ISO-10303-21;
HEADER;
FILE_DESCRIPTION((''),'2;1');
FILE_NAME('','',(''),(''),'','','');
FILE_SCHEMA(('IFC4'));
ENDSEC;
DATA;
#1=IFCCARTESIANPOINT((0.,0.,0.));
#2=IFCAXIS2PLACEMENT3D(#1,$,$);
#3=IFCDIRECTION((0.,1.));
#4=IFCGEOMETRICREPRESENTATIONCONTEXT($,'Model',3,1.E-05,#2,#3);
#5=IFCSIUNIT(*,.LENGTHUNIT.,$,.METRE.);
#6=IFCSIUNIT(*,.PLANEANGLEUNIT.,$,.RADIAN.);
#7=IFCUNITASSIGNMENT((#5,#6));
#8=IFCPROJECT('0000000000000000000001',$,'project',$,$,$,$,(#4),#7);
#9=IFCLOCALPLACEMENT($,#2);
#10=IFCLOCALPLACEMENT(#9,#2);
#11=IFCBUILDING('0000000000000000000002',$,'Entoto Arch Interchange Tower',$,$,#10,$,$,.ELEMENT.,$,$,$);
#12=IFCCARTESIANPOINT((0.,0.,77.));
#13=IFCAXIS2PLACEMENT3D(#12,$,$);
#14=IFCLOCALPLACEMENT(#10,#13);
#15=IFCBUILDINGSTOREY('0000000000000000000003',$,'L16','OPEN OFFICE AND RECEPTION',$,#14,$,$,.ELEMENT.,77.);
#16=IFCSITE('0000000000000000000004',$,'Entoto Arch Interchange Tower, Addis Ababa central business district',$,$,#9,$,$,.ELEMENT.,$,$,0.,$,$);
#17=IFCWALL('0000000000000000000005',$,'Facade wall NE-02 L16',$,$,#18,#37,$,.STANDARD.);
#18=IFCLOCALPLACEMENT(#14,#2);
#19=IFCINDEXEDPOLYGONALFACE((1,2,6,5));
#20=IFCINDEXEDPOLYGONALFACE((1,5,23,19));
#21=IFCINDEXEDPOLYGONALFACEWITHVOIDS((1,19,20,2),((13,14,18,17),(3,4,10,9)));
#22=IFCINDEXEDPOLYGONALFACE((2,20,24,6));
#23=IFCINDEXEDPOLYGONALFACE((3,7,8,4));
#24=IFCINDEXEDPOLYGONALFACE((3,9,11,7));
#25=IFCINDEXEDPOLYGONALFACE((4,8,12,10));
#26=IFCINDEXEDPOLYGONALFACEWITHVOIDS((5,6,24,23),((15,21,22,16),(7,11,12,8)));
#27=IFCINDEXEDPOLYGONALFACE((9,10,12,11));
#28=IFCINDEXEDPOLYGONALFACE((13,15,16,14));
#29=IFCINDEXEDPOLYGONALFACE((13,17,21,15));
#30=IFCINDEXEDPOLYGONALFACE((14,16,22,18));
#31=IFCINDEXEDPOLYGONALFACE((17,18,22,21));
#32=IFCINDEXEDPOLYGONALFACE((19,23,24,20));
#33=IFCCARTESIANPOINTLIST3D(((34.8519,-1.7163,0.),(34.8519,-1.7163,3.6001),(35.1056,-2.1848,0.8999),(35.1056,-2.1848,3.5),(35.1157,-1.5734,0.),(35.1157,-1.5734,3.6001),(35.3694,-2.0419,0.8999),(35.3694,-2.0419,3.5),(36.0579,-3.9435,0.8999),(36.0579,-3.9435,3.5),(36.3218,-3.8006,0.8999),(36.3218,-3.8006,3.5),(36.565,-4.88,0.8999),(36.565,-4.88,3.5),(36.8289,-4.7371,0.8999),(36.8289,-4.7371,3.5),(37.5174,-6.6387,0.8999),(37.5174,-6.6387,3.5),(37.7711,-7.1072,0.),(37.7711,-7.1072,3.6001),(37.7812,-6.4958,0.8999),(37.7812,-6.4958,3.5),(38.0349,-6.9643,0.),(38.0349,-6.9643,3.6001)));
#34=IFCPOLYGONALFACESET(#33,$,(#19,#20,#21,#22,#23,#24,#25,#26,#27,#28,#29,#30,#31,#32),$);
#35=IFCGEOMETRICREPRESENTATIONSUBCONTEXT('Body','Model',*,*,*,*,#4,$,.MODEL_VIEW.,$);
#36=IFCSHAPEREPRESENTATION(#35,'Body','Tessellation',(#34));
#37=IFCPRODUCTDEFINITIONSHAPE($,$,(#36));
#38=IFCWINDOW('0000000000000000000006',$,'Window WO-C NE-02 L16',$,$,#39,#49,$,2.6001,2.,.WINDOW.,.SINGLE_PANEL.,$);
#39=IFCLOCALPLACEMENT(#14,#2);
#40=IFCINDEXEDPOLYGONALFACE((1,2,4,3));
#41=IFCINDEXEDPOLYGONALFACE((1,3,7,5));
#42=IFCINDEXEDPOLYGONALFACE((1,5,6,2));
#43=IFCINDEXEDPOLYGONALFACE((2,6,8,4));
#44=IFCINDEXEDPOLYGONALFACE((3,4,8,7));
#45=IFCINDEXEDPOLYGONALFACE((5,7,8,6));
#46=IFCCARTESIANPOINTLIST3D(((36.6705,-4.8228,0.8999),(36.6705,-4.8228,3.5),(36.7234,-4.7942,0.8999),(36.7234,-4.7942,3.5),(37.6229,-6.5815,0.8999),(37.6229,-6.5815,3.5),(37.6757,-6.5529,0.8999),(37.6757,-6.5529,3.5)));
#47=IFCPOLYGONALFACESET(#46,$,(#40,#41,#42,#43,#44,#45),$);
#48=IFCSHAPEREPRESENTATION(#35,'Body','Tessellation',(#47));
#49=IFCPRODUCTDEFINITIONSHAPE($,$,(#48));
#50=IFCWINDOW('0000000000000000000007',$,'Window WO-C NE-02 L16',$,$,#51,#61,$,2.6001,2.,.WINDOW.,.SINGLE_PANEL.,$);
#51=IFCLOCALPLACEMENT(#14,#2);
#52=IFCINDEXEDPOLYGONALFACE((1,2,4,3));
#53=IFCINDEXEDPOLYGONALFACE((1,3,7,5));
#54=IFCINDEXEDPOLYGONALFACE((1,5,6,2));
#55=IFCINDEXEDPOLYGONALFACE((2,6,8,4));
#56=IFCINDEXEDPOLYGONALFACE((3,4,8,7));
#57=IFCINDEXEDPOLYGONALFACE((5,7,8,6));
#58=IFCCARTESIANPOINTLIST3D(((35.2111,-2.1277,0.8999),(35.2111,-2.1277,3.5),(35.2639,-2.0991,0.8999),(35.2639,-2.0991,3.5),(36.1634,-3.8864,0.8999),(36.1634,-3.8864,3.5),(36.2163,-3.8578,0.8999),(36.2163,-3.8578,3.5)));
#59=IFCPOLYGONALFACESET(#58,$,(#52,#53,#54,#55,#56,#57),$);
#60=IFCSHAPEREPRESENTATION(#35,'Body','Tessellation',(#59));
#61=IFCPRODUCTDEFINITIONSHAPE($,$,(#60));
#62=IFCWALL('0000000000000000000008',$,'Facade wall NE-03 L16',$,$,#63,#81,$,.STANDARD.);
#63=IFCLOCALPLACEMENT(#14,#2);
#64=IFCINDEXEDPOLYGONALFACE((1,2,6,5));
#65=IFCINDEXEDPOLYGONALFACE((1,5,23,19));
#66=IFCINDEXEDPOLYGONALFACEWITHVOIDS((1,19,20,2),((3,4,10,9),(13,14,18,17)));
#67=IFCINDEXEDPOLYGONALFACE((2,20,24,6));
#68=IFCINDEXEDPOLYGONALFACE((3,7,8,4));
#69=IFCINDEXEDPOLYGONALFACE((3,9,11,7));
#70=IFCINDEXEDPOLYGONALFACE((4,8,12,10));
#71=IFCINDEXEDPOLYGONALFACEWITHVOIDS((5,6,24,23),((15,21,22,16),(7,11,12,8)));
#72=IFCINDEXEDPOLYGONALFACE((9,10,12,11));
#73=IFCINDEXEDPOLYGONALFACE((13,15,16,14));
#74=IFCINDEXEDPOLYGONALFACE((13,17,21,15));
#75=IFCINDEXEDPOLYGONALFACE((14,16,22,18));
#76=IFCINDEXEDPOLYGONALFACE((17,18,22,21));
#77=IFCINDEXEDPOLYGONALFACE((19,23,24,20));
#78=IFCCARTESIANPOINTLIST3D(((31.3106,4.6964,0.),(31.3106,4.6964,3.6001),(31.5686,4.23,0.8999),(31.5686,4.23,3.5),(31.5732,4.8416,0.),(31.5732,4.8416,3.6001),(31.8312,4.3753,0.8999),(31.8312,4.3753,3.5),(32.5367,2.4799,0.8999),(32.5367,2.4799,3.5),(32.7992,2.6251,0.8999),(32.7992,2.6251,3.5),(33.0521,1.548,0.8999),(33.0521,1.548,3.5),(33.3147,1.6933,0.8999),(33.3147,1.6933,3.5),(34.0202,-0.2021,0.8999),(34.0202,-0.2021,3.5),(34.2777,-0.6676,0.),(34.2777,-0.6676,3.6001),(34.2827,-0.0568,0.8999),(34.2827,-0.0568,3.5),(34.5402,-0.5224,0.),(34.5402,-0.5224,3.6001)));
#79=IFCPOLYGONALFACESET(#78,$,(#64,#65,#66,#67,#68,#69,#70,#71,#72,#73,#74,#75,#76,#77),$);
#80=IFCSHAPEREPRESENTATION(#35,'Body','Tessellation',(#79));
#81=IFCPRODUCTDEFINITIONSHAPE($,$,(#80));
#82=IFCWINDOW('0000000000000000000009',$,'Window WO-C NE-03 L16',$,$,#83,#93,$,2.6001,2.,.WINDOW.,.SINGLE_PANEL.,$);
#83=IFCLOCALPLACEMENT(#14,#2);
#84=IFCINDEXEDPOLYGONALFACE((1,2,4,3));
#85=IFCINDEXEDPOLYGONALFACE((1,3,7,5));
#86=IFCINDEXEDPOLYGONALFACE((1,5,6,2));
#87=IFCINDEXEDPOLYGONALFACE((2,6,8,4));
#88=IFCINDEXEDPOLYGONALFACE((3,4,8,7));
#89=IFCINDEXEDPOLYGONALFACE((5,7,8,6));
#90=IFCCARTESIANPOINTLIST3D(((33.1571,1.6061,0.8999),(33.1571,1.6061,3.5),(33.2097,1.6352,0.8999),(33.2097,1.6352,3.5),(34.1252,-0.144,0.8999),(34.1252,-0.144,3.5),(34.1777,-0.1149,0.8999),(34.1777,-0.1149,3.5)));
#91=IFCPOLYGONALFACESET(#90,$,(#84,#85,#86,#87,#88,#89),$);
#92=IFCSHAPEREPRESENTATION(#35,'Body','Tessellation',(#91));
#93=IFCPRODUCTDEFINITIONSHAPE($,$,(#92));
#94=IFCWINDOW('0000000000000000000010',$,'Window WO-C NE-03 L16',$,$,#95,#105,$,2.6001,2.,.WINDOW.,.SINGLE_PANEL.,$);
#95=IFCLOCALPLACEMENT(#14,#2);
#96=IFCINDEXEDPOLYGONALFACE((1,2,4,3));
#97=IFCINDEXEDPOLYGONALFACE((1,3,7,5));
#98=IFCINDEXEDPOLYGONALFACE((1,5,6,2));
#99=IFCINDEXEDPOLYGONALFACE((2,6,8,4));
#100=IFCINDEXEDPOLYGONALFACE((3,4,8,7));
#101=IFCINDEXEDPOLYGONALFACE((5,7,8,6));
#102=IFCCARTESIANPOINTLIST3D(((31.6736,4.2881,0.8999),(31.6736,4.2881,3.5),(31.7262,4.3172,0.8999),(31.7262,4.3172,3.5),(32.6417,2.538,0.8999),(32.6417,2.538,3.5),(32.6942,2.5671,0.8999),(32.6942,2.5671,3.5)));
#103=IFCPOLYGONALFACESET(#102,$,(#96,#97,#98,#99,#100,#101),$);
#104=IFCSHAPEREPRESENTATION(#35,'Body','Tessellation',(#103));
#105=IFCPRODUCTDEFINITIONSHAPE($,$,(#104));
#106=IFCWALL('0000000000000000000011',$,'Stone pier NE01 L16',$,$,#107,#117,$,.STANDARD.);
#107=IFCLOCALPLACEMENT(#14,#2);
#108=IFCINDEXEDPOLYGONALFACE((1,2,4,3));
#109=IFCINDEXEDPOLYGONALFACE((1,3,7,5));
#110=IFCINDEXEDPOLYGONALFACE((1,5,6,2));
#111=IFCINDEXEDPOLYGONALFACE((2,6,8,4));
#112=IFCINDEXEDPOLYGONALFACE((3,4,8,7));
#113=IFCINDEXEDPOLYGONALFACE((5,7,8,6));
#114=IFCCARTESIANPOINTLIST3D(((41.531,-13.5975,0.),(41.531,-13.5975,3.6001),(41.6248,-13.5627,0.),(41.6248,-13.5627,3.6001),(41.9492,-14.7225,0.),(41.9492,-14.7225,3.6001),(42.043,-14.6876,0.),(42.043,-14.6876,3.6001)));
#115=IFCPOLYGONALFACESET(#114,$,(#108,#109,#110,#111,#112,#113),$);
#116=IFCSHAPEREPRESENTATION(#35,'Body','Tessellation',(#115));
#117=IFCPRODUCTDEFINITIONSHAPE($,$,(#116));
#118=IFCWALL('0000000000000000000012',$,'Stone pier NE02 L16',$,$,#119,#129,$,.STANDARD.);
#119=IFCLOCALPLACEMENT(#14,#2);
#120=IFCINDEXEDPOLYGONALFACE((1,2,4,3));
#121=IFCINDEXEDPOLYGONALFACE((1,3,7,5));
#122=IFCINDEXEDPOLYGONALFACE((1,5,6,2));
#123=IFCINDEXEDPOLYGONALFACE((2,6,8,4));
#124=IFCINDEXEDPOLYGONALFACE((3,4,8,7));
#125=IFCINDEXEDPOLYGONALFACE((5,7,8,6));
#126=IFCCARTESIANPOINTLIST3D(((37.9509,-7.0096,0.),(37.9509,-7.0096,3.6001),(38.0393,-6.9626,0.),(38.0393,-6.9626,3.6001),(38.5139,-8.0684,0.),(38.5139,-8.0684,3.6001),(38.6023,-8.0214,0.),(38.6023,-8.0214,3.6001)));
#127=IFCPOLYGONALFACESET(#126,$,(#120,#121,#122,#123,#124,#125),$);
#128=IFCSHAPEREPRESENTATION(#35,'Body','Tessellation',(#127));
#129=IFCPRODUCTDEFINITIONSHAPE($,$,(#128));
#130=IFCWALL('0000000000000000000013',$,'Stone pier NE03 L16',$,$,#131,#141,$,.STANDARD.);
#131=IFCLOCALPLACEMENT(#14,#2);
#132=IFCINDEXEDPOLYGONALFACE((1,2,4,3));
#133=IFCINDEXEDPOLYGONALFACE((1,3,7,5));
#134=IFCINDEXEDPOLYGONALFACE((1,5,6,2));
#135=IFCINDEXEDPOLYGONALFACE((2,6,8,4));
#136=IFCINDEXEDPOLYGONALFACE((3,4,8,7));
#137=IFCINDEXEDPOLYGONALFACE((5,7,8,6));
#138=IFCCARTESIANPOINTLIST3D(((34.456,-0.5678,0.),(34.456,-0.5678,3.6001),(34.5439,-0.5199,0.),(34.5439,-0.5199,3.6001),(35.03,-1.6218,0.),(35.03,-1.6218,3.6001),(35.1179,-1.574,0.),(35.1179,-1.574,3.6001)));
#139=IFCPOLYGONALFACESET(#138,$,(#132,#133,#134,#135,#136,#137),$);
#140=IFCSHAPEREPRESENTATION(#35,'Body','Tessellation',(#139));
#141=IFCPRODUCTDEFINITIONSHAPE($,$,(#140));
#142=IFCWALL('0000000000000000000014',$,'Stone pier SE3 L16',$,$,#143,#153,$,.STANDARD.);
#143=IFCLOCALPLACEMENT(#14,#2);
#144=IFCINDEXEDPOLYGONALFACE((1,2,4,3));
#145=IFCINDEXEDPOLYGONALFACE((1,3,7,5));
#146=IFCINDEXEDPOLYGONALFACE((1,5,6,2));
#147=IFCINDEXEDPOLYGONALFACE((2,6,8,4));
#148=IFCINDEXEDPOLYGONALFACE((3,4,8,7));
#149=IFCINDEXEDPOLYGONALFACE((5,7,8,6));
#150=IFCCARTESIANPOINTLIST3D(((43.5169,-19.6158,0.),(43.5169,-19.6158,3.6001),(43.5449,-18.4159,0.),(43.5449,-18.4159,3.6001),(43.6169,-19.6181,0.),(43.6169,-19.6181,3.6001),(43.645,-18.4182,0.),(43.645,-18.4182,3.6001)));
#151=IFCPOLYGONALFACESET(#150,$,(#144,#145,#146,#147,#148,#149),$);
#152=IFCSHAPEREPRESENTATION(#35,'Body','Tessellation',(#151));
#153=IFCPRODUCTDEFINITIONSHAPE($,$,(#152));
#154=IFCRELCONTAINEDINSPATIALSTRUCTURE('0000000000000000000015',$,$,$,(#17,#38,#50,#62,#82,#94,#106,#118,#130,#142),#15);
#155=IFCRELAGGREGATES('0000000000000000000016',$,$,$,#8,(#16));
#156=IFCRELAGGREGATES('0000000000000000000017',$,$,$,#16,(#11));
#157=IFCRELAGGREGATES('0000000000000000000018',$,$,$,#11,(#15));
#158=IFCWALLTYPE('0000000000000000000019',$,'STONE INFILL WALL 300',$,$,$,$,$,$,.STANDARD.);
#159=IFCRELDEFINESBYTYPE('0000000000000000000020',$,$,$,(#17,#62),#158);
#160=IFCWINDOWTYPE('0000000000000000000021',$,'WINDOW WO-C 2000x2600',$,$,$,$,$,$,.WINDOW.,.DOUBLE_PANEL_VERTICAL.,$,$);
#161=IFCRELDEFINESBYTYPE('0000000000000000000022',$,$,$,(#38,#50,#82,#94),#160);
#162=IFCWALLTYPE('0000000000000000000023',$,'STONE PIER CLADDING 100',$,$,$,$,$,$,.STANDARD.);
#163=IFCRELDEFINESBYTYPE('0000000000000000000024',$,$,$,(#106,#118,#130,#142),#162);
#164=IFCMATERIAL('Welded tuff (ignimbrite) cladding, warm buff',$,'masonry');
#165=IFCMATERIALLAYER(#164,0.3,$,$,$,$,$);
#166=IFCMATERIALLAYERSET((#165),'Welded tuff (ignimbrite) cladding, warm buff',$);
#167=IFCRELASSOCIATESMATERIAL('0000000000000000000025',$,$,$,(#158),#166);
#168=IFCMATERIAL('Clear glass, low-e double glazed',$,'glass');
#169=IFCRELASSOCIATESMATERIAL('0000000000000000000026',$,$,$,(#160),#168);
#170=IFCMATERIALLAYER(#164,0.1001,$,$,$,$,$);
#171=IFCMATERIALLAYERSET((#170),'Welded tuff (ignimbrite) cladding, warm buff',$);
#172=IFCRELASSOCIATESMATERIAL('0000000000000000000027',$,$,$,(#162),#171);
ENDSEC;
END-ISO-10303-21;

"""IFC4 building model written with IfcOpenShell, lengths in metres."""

from ifc_helpers import new_model, si_unit, direction, frame, frame_2d, origin, place, context, subcontext, project, spatial, rectangle, extrude, material, layer, layer_set, type_object, element, fill, save


model = new_model("IFC4")

# Units and contexts
model_context = context("Model", 3, precision=1e-05, world=origin(), true_north=direction((0.0, 1.0)))
body_context = subcontext(model_context, "Body", "Model", "MODEL_VIEW")
ifc_project = project(units=[si_unit("LENGTHUNIT", "METRE"), si_unit("PLANEANGLEUNIT", "RADIAN")], contexts=[model_context])

# Site, building, storey
site_placement = place(None, origin())
site = spatial("IfcSite", under=ifc_project, at=site_placement, Name="Entoto Arch Interchange Tower, Addis Ababa central business district", CompositionType="ELEMENT", RefElevation=0.0)
building_placement = place(site_placement, origin())
building = spatial("IfcBuilding", under=site, at=building_placement, Name="Entoto Arch Interchange Tower", CompositionType="ELEMENT")
storey_placement = place(building_placement, frame((0.0, 0.0, 77.0)))
storey = spatial("IfcBuildingStorey", under=building, at=storey_placement, Name="L16", Description="OPEN OFFICE AND RECEPTION", CompositionType="ELEMENT", Elevation=77.0)

# Shared definitions
ifc_material_1 = material(Name="Welded tuff (ignimbrite) cladding, warm buff", Category="masonry")
ifc_layer_1 = layer(ifc_material_1, 0.3)
ifc_layer_set_1 = layer_set([ifc_layer_1], Name="Welded tuff (ignimbrite) cladding, warm buff")
wall_type_1 = type_object("IfcWallType", Name="STONE INFILL WALL 300", PredefinedType="STANDARD", material=ifc_layer_set_1)
ifc_material_2 = material(Name="Clear glass, low-e double glazed", Category="glass")

# Walls, openings, windows
window_type_1 = type_object("IfcWindowType", Name="WINDOW WO-C 2000x2600", PartitioningType="DOUBLE_PANEL_VERTICAL", PredefinedType="WINDOW", material=ifc_material_2)
wall_1_placement = place(storey_placement, frame((37.9031, -7.0359, 0.0), z_axis=(0.0, 0.0, 1.0), x_axis=(-0.476174, 0.879351, 0.0)))
wall_1 = element("IfcWall", 1, at=wall_1_placement, inside=storey, type_object=wall_type_1, Name="Facade wall NE-02 L16", PredefinedType="STANDARD", context=body_context, shape_type="SweptSolid", body=[
    extrude(rectangle(XDim=6.1306, YDim=0.3, at=frame_2d((3.0654, 0.0))), origin(), (0.0, 0.0, 1.0), 3.6001),
])
opening_1_placement = place(wall_1_placement, frame((0.533, 0.0, 0.8999)))
opening_1 = element("IfcOpeningElement", 2, at=opening_1_placement, cuts=wall_1, PredefinedType="OPENING", context=body_context, shape_type="SweptSolid", body=[
    extrude(rectangle(XDim=2.0, YDim=2.6001, at=frame_2d((1.0, 1.3))), frame((0.0, 0.1602, 0.0), z_axis=(0.0, -1.0, 0.0), x_axis=(1.0, 0.0, 0.0)), (0.0, 0.0, 1.0), 0.3201),
])
opening_2_placement = place(wall_1_placement, frame((3.5979, 0.0, 0.8999)))
opening_2 = element("IfcOpeningElement", 3, at=opening_2_placement, cuts=wall_1, PredefinedType="OPENING", context=body_context, shape_type="SweptSolid", body=[
    extrude(rectangle(XDim=2.0, YDim=2.6001, at=frame_2d((1.0, 1.3))), frame((0.0, 0.1602, 0.0), z_axis=(0.0, -1.0, 0.0), x_axis=(1.0, 0.0, 0.0)), (0.0, 0.0, 1.0), 0.3201),
])
window_1_placement = place(opening_1_placement, origin())
window_1 = element("IfcWindow", 4, at=window_1_placement, inside=storey, type_object=window_type_1, Name="Window WO-C NE-02 L16", OverallHeight=2.6001, OverallWidth=2.0, PartitioningType="SINGLE_PANEL", PredefinedType="WINDOW", context=body_context, shape_type="SweptSolid", body=[
    extrude(rectangle(XDim=2.0, YDim=2.6001, at=frame_2d((1.0, 1.3))), frame((0.0, 0.03, 0.0), z_axis=(0.0, -1.0, 0.0), x_axis=(1.0, 0.0, 0.0)), (0.0, 0.0, 1.0), 0.0601),
])
fill(opening_1, window_1)
window_2_placement = place(opening_2_placement, origin())
window_2 = element("IfcWindow", 5, at=window_2_placement, inside=storey, type_object=window_type_1, Name="Window WO-C NE-02 L16", OverallHeight=2.6001, OverallWidth=2.0, PartitioningType="SINGLE_PANEL", PredefinedType="WINDOW", context=body_context, shape_type="SweptSolid", body=[
    extrude(rectangle(XDim=2.0, YDim=2.6001, at=frame_2d((1.0, 1.3))), frame((0.0, 0.03, 0.0), z_axis=(0.0, -1.0, 0.0), x_axis=(1.0, 0.0, 0.0)), (0.0, 0.0, 1.0), 0.0601),
])
fill(opening_2, window_2)
wall_2_placement = place(storey_placement, frame((34.4089, -0.595, 0.0), z_axis=(0.0, 0.0, 1.0), x_axis=(-0.484026, 0.875054, 0.0)))
wall_2 = element("IfcWall", 6, at=wall_2_placement, inside=storey, type_object=wall_type_1, Name="Facade wall NE-03 L16", PredefinedType="STANDARD", context=body_context, shape_type="SweptSolid", body=[
    extrude(rectangle(XDim=6.1299, YDim=0.3, at=frame_2d((3.0649, 0.0))), origin(), (0.0, 0.0, 1.0), 3.6001),
])
opening_3_placement = place(wall_2_placement, frame((0.532, 0.0, 0.8999)))
opening_3 = element("IfcOpeningElement", 7, at=opening_3_placement, cuts=wall_2, PredefinedType="OPENING", context=body_context, shape_type="SweptSolid", body=[
    extrude(rectangle(XDim=2.0, YDim=2.6001, at=frame_2d((1.0, 1.3))), frame((0.0, 0.1602, 0.0), z_axis=(0.0, -1.0, 0.0), x_axis=(1.0, 0.0, 0.0)), (0.0, 0.0, 1.0), 0.3201),
])
opening_4_placement = place(wall_2_placement, frame((3.5969, 0.0, 0.8999)))
opening_4 = element("IfcOpeningElement", 8, at=opening_4_placement, cuts=wall_2, PredefinedType="OPENING", context=body_context, shape_type="SweptSolid", body=[
    extrude(rectangle(XDim=2.0, YDim=2.6001, at=frame_2d((1.0, 1.3))), frame((0.0, 0.1602, 0.0), z_axis=(0.0, -1.0, 0.0), x_axis=(1.0, 0.0, 0.0)), (0.0, 0.0, 1.0), 0.3201),
])
window_3_placement = place(opening_3_placement, origin())
window_3 = element("IfcWindow", 9, at=window_3_placement, inside=storey, type_object=window_type_1, Name="Window WO-C NE-03 L16", OverallHeight=2.6001, OverallWidth=2.0, PartitioningType="SINGLE_PANEL", PredefinedType="WINDOW", context=body_context, shape_type="SweptSolid", body=[
    extrude(rectangle(XDim=2.0, YDim=2.6001, at=frame_2d((1.0, 1.3))), frame((0.0, 0.03, 0.0), z_axis=(0.0, -1.0, 0.0), x_axis=(1.0, 0.0, 0.0)), (0.0, 0.0, 1.0), 0.0601),
])
fill(opening_3, window_3)
window_4_placement = place(opening_4_placement, origin())
window_4 = element("IfcWindow", 10, at=window_4_placement, inside=storey, type_object=window_type_1, Name="Window WO-C NE-03 L16", OverallHeight=2.6001, OverallWidth=2.0, PartitioningType="SINGLE_PANEL", PredefinedType="WINDOW", context=body_context, shape_type="SweptSolid", body=[
    extrude(rectangle(XDim=2.0, YDim=2.6001, at=frame_2d((1.0, 1.3))), frame((0.0, 0.03, 0.0), z_axis=(0.0, -1.0, 0.0), x_axis=(1.0, 0.0, 0.0)), (0.0, 0.0, 1.0), 0.0601),
])
fill(opening_4, window_4)

# Walls
ifc_layer_2 = layer(ifc_material_1, 0.1001)
ifc_layer_set_2 = layer_set([ifc_layer_2], Name="Welded tuff (ignimbrite) cladding, warm buff")
wall_type_2 = type_object("IfcWallType", Name="STONE PIER CLADDING 100", PredefinedType="STANDARD", material=ifc_layer_set_2)
wall_3_placement = place(storey_placement, frame((41.9961, -14.7051, 0.0), z_axis=(0.0, 0.0, 1.0), x_axis=(-0.348447, 0.937328, 0.0)))
element("IfcWall", 11, at=wall_3_placement, inside=storey, type_object=wall_type_2, Name="Stone pier NE01 L16", PredefinedType="STANDARD", context=body_context, shape_type="SweptSolid", body=[
    extrude(rectangle(XDim=1.2002, YDim=0.1001, at=frame_2d((0.6001, 0.0))), origin(), (0.0, 0.0, 1.0), 3.6001),
])
wall_4_placement = place(storey_placement, frame((38.5581, -8.0449, 0.0), z_axis=(0.0, 0.0, 1.0), x_axis=(-0.469468, 0.88295, 0.0)))
element("IfcWall", 12, at=wall_4_placement, inside=storey, type_object=wall_type_2, Name="Stone pier NE02 L16", PredefinedType="STANDARD", context=body_context, shape_type="SweptSolid", body=[
    extrude(rectangle(XDim=1.1992, YDim=0.1001, at=frame_2d((0.5996, 0.0))), origin(), (0.0, 0.0, 1.0), 3.6001),
])
for number, where, z_axis, x_axis, name in (
    (13, (35.074, -1.5979, 0.0), (0.0, 0.0, 1.0), (-0.478268, 0.878214, 0.0), "Stone pier NE03 L16"),
    (14, (43.5669, -19.6169, 0.0), (0.0, 0.0, 1.0), (0.023391, 0.999726, 0.0), "Stone pier SE3 L16"),
):
    element("IfcWall", number, at=place(storey_placement, frame(where, z_axis=z_axis, x_axis=x_axis)), inside=storey, type_object=wall_type_2, Name=name, PredefinedType="STANDARD", context=body_context, shape_type="SweptSolid", body=[
        extrude(rectangle(XDim=1.2002, YDim=0.1001, at=frame_2d((0.6001, 0.0))), origin(), (0.0, 0.0, 1.0), 3.6001),
    ])

save(model, "model.ifc")
